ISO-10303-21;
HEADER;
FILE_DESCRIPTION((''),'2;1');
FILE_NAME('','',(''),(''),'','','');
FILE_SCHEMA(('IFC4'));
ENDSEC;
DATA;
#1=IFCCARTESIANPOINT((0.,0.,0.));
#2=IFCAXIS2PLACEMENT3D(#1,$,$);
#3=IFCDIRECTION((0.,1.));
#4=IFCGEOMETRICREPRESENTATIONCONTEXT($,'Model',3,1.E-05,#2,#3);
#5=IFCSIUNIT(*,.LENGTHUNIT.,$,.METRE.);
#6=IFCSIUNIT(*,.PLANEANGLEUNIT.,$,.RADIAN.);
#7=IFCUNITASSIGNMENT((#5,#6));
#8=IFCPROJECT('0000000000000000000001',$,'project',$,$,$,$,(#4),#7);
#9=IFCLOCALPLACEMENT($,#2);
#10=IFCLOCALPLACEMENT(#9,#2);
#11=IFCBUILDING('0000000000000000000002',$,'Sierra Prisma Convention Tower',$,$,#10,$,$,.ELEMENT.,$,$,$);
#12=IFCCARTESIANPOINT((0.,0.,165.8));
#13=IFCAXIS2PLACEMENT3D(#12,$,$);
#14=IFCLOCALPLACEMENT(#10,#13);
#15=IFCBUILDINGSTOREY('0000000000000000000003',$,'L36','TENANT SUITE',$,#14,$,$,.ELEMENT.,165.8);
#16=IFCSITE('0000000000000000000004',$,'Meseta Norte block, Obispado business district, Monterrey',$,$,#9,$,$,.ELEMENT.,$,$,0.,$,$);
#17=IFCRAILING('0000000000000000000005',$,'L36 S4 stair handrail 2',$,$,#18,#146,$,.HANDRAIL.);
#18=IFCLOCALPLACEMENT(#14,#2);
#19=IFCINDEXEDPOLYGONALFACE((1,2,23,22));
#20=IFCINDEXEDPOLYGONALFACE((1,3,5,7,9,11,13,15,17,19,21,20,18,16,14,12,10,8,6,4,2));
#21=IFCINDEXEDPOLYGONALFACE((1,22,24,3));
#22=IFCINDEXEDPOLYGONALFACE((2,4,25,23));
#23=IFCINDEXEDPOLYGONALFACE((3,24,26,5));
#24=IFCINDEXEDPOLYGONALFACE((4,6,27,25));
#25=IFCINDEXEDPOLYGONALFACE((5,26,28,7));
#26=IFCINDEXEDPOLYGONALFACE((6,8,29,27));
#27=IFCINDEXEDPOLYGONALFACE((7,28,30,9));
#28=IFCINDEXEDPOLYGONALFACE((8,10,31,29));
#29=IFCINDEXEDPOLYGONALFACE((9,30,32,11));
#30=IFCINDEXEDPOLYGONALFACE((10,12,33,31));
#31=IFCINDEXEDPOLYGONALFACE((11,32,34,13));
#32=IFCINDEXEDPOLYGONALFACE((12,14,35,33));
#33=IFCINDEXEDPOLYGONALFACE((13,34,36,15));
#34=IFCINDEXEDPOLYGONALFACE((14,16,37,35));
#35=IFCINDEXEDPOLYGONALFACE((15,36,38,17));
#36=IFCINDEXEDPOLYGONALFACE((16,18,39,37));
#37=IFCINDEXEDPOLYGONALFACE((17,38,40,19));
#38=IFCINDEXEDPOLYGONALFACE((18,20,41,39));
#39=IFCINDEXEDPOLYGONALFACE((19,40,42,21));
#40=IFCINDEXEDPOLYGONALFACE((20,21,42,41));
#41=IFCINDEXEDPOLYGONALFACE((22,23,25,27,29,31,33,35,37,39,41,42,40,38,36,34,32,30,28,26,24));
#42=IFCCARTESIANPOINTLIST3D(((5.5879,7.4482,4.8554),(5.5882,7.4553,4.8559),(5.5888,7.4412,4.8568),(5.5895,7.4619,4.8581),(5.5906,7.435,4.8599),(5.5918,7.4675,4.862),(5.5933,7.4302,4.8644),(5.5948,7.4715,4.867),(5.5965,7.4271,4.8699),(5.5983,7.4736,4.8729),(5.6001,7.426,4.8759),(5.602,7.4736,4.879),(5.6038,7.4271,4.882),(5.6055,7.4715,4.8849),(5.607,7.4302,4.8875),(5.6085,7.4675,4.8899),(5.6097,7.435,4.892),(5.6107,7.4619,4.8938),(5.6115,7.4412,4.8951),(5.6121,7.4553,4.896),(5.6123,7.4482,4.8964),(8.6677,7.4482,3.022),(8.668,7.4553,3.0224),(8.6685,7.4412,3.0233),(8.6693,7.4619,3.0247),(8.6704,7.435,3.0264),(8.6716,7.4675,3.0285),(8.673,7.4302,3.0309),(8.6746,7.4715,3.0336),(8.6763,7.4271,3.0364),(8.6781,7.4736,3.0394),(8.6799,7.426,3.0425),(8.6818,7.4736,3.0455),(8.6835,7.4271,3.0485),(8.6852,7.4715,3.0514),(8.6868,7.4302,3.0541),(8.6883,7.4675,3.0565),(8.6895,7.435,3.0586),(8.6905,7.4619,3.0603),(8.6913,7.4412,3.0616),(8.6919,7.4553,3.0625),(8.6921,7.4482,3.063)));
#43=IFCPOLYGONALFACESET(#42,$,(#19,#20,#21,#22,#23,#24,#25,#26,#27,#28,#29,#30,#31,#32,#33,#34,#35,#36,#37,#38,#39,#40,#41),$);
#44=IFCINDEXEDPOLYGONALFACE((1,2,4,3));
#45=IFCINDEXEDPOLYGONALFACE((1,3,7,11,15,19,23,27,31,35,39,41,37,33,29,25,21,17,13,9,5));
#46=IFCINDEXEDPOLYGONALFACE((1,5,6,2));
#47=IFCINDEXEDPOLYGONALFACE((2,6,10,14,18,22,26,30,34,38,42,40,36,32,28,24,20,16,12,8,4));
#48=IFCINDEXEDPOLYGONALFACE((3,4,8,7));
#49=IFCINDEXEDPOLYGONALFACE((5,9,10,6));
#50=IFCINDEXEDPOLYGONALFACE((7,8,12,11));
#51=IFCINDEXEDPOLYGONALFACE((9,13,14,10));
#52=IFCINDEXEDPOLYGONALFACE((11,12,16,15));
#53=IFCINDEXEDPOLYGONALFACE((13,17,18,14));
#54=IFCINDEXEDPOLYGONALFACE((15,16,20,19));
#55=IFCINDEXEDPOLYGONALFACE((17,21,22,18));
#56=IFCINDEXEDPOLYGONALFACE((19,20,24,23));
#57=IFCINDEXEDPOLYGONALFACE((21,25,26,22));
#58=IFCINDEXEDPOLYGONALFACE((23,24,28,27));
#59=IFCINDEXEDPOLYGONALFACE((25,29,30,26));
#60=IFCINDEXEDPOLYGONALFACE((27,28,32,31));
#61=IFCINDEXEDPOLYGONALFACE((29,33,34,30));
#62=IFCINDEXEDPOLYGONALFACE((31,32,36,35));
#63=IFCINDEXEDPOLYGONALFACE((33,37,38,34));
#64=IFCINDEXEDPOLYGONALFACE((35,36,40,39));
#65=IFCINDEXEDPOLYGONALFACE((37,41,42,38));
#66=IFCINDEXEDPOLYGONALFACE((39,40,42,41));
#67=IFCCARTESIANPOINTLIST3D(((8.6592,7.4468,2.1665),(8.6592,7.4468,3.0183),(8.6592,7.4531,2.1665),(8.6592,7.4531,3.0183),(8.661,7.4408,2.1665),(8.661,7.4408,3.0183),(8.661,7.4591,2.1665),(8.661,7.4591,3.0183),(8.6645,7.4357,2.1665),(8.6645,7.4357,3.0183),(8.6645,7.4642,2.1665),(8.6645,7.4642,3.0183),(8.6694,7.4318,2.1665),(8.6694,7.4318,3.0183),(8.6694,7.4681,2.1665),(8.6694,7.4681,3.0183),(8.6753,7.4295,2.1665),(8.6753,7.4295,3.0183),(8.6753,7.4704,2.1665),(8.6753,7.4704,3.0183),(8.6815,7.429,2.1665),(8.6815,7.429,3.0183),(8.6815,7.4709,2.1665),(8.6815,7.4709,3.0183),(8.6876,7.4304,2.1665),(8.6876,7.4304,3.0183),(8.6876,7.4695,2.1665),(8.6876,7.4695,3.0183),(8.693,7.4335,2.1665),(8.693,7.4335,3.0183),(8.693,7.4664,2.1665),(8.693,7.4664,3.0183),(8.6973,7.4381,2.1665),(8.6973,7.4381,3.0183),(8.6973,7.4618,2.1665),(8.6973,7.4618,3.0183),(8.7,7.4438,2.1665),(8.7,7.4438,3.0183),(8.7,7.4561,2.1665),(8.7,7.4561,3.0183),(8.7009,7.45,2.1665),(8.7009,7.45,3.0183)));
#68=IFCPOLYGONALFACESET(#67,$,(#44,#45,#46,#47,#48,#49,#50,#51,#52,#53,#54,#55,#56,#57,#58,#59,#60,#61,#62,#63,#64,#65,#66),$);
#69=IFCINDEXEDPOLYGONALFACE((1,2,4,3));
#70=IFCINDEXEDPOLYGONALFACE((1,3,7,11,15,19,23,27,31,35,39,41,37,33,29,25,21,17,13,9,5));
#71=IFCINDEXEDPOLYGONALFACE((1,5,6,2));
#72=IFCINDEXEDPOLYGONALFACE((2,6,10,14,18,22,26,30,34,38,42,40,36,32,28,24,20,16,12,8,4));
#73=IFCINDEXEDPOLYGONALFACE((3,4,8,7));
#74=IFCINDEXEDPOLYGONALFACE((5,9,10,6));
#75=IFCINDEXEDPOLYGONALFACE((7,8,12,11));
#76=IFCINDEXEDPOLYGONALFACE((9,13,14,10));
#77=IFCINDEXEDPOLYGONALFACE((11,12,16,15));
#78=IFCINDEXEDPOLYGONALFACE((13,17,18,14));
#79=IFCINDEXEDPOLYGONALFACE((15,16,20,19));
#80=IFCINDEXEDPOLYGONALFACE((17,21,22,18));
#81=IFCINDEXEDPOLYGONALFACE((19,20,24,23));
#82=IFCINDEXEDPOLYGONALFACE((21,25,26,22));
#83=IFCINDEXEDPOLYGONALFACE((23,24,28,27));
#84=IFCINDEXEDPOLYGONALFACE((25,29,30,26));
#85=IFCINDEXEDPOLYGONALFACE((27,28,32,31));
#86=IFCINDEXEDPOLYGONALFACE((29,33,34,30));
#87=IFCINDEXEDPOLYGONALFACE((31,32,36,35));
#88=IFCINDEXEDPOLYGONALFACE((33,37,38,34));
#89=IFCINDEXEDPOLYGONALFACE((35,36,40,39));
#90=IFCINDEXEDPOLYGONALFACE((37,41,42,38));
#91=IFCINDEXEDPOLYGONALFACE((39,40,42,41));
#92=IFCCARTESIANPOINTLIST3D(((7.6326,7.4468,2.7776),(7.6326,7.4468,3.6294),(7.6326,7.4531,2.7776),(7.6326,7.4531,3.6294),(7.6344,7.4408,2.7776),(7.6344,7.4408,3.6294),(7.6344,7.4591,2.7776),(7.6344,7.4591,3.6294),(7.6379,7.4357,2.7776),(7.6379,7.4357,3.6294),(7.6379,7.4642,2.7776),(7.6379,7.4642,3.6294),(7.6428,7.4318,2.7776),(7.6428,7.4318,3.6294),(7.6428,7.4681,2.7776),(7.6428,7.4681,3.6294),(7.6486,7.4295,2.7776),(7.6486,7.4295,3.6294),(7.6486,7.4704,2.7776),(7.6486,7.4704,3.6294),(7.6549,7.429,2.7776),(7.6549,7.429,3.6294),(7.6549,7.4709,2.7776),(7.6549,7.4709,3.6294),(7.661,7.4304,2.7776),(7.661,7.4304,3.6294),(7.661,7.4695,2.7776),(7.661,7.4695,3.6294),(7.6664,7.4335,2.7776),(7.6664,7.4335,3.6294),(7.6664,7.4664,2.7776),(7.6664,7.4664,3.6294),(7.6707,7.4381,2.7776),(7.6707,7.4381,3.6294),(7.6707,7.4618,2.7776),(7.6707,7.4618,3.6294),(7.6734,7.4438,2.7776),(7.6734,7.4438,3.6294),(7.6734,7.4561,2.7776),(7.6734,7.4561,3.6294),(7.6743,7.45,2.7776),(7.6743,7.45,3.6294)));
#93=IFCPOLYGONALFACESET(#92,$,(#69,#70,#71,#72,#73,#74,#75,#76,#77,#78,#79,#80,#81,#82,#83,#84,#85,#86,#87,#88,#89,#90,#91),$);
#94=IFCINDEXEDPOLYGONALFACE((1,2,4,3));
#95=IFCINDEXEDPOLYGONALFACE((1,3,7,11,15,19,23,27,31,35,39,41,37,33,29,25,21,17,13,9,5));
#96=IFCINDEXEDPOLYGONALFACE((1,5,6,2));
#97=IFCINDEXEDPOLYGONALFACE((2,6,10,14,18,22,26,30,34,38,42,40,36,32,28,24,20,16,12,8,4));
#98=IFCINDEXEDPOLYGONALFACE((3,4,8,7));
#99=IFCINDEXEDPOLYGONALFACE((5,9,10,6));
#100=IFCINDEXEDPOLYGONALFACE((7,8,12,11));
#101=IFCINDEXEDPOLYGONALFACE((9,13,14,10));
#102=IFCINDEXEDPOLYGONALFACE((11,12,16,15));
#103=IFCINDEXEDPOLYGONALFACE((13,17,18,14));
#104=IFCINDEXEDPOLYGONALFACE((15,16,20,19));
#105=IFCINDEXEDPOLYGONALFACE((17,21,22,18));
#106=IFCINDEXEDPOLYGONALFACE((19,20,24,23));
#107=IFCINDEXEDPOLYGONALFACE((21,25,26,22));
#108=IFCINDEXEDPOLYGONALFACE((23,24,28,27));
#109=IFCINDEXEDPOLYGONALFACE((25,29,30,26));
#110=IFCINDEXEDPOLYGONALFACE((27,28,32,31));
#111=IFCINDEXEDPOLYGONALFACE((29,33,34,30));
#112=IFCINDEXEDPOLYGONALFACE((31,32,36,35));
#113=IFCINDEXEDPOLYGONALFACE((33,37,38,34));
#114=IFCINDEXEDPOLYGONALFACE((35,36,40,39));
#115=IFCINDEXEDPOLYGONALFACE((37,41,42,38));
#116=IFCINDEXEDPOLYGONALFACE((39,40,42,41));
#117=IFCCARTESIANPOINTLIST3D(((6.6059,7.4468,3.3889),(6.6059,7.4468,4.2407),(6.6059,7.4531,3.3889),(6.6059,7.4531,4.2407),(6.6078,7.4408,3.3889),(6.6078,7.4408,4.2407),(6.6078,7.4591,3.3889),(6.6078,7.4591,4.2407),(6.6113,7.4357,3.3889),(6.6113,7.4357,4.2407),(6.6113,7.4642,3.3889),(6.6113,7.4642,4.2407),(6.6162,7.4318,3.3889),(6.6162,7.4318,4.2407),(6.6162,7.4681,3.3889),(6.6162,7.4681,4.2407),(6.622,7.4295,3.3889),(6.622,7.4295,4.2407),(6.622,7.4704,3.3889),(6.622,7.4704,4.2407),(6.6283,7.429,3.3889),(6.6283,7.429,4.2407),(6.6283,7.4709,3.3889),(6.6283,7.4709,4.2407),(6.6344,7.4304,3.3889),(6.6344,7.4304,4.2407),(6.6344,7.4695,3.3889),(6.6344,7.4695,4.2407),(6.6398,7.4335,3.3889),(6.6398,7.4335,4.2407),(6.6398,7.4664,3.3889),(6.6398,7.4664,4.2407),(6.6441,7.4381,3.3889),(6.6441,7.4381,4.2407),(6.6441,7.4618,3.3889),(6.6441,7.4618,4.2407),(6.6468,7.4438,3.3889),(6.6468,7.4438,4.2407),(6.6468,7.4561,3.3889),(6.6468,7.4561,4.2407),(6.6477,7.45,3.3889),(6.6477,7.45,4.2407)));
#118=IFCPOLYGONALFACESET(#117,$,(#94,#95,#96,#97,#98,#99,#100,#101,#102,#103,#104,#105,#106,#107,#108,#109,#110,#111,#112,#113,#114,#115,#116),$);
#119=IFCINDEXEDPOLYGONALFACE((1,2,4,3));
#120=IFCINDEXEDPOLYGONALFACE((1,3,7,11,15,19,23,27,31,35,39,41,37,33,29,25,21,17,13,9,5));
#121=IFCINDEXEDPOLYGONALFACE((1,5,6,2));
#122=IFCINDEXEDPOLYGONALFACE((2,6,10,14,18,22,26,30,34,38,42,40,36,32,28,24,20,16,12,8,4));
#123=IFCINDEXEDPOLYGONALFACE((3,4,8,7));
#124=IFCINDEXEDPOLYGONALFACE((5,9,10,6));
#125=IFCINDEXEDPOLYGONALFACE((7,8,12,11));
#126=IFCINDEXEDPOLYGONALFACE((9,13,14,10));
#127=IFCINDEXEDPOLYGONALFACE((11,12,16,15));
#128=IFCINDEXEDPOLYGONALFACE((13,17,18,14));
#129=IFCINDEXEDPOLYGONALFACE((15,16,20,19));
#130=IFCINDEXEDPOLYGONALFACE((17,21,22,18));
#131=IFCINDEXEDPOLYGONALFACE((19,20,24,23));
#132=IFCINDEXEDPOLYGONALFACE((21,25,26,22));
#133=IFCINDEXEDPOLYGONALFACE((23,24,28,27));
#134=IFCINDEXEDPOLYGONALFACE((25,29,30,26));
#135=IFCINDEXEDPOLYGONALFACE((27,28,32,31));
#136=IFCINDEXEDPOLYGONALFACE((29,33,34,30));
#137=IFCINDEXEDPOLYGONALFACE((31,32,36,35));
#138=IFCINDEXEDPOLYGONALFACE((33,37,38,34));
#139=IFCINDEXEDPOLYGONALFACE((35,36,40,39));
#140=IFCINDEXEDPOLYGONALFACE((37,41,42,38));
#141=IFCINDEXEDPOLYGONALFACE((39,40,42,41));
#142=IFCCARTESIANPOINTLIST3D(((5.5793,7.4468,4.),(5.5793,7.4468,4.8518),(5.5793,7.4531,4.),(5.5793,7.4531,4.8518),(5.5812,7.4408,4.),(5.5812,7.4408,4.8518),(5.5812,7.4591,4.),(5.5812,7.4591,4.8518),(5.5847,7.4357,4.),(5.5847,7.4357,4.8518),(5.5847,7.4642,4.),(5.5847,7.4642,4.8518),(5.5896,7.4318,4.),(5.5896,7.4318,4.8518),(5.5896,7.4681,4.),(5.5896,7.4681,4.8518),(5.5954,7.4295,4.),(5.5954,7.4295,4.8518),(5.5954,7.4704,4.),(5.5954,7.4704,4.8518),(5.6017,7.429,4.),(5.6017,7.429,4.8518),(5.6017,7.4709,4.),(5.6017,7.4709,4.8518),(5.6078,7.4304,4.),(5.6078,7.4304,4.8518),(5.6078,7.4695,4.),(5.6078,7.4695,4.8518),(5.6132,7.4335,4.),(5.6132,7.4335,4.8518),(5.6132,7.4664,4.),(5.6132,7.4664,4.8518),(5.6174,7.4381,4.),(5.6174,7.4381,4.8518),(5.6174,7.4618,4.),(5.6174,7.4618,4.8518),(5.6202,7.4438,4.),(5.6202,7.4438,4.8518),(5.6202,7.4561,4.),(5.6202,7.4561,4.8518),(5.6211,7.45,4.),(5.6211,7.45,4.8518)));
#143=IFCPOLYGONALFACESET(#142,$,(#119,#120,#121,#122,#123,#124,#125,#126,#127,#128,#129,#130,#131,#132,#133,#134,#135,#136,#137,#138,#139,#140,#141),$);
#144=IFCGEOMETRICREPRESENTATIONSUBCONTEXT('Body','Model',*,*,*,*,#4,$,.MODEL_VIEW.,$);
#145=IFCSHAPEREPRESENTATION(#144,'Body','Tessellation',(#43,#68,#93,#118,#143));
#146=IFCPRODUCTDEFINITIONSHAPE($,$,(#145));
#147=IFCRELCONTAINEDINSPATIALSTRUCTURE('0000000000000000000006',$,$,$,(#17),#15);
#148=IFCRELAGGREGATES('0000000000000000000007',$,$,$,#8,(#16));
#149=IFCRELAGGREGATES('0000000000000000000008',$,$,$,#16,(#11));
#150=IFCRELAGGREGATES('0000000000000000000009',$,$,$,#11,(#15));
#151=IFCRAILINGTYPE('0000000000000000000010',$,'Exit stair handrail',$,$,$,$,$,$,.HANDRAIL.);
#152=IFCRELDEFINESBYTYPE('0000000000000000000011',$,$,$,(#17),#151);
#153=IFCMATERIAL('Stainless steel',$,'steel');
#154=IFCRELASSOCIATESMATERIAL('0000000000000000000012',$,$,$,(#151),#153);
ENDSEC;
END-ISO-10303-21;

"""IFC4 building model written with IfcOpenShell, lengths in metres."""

from ifc_helpers import new_model, si_unit, direction, frame, origin, origin_2d, place, context, subcontext, project, spatial, circle, extrude, material, type_object, element, save


model = new_model("IFC4")

# Units and contexts
model_context = context("Model", 3, precision=1e-05, world=origin(), true_north=direction((0.0, 1.0)))
body_context = subcontext(model_context, "Body", "Model", "MODEL_VIEW")
ifc_project = project(units=[si_unit("LENGTHUNIT", "METRE"), si_unit("PLANEANGLEUNIT", "RADIAN")], contexts=[model_context])

# Site, building, storey
site_placement = place(None, origin())
site = spatial("IfcSite", under=ifc_project, at=site_placement, Name="Meseta Norte block, Obispado business district, Monterrey", CompositionType="ELEMENT", RefElevation=0.0)
building_placement = place(site_placement, origin())
building = spatial("IfcBuilding", under=site, at=building_placement, Name="Sierra Prisma Convention Tower", CompositionType="ELEMENT")
storey_placement = place(building_placement, frame((0.0, 0.0, 165.8)))
storey = spatial("IfcBuildingStorey", under=building, at=storey_placement, Name="L36", Description="TENANT SUITE", CompositionType="ELEMENT", Elevation=165.8)

# Railing
ifc_material_1 = material(Name="Stainless steel", Category="steel")
railing_type = type_object("IfcRailingType", Name="Exit stair handrail", PredefinedType="HANDRAIL", material=ifc_material_1)
railing_placement = place(storey_placement, frame((8.6799, 7.45, 2.1665)))
element("IfcRailing", 1, at=railing_placement, inside=storey, type_object=railing_type, Name="L36 S4 stair handrail 2", PredefinedType="HANDRAIL", context=body_context, shape_type="SweptSolid", body=[
    extrude(circle(Radius=0.0239, at=origin_2d()), frame((0.0, 0.0, 0.876), z_axis=(-0.859261, 0.0, 0.511538), x_axis=(0.0, -1.0, 0.0)), (0.0, 0.0, 1.0), 3.5842),
    extrude(circle(Radius=0.021, at=origin_2d()), origin(), (0.0, 0.0, 1.0), 0.8518),
    extrude(circle(Radius=0.021, at=origin_2d()), frame((-1.0266, 0.0, 0.6111)), (0.0, 0.0, 1.0), 0.8518),
    extrude(circle(Radius=0.021, at=origin_2d()), frame((-2.0532, 0.0, 1.2224)), (0.0, 0.0, 1.0), 0.8518),
    extrude(circle(Radius=0.021, at=origin_2d()), frame((-3.0798, 0.0, 1.8335)), (0.0, 0.0, 1.0), 0.8518),
])

save(model, "model.ifc")
